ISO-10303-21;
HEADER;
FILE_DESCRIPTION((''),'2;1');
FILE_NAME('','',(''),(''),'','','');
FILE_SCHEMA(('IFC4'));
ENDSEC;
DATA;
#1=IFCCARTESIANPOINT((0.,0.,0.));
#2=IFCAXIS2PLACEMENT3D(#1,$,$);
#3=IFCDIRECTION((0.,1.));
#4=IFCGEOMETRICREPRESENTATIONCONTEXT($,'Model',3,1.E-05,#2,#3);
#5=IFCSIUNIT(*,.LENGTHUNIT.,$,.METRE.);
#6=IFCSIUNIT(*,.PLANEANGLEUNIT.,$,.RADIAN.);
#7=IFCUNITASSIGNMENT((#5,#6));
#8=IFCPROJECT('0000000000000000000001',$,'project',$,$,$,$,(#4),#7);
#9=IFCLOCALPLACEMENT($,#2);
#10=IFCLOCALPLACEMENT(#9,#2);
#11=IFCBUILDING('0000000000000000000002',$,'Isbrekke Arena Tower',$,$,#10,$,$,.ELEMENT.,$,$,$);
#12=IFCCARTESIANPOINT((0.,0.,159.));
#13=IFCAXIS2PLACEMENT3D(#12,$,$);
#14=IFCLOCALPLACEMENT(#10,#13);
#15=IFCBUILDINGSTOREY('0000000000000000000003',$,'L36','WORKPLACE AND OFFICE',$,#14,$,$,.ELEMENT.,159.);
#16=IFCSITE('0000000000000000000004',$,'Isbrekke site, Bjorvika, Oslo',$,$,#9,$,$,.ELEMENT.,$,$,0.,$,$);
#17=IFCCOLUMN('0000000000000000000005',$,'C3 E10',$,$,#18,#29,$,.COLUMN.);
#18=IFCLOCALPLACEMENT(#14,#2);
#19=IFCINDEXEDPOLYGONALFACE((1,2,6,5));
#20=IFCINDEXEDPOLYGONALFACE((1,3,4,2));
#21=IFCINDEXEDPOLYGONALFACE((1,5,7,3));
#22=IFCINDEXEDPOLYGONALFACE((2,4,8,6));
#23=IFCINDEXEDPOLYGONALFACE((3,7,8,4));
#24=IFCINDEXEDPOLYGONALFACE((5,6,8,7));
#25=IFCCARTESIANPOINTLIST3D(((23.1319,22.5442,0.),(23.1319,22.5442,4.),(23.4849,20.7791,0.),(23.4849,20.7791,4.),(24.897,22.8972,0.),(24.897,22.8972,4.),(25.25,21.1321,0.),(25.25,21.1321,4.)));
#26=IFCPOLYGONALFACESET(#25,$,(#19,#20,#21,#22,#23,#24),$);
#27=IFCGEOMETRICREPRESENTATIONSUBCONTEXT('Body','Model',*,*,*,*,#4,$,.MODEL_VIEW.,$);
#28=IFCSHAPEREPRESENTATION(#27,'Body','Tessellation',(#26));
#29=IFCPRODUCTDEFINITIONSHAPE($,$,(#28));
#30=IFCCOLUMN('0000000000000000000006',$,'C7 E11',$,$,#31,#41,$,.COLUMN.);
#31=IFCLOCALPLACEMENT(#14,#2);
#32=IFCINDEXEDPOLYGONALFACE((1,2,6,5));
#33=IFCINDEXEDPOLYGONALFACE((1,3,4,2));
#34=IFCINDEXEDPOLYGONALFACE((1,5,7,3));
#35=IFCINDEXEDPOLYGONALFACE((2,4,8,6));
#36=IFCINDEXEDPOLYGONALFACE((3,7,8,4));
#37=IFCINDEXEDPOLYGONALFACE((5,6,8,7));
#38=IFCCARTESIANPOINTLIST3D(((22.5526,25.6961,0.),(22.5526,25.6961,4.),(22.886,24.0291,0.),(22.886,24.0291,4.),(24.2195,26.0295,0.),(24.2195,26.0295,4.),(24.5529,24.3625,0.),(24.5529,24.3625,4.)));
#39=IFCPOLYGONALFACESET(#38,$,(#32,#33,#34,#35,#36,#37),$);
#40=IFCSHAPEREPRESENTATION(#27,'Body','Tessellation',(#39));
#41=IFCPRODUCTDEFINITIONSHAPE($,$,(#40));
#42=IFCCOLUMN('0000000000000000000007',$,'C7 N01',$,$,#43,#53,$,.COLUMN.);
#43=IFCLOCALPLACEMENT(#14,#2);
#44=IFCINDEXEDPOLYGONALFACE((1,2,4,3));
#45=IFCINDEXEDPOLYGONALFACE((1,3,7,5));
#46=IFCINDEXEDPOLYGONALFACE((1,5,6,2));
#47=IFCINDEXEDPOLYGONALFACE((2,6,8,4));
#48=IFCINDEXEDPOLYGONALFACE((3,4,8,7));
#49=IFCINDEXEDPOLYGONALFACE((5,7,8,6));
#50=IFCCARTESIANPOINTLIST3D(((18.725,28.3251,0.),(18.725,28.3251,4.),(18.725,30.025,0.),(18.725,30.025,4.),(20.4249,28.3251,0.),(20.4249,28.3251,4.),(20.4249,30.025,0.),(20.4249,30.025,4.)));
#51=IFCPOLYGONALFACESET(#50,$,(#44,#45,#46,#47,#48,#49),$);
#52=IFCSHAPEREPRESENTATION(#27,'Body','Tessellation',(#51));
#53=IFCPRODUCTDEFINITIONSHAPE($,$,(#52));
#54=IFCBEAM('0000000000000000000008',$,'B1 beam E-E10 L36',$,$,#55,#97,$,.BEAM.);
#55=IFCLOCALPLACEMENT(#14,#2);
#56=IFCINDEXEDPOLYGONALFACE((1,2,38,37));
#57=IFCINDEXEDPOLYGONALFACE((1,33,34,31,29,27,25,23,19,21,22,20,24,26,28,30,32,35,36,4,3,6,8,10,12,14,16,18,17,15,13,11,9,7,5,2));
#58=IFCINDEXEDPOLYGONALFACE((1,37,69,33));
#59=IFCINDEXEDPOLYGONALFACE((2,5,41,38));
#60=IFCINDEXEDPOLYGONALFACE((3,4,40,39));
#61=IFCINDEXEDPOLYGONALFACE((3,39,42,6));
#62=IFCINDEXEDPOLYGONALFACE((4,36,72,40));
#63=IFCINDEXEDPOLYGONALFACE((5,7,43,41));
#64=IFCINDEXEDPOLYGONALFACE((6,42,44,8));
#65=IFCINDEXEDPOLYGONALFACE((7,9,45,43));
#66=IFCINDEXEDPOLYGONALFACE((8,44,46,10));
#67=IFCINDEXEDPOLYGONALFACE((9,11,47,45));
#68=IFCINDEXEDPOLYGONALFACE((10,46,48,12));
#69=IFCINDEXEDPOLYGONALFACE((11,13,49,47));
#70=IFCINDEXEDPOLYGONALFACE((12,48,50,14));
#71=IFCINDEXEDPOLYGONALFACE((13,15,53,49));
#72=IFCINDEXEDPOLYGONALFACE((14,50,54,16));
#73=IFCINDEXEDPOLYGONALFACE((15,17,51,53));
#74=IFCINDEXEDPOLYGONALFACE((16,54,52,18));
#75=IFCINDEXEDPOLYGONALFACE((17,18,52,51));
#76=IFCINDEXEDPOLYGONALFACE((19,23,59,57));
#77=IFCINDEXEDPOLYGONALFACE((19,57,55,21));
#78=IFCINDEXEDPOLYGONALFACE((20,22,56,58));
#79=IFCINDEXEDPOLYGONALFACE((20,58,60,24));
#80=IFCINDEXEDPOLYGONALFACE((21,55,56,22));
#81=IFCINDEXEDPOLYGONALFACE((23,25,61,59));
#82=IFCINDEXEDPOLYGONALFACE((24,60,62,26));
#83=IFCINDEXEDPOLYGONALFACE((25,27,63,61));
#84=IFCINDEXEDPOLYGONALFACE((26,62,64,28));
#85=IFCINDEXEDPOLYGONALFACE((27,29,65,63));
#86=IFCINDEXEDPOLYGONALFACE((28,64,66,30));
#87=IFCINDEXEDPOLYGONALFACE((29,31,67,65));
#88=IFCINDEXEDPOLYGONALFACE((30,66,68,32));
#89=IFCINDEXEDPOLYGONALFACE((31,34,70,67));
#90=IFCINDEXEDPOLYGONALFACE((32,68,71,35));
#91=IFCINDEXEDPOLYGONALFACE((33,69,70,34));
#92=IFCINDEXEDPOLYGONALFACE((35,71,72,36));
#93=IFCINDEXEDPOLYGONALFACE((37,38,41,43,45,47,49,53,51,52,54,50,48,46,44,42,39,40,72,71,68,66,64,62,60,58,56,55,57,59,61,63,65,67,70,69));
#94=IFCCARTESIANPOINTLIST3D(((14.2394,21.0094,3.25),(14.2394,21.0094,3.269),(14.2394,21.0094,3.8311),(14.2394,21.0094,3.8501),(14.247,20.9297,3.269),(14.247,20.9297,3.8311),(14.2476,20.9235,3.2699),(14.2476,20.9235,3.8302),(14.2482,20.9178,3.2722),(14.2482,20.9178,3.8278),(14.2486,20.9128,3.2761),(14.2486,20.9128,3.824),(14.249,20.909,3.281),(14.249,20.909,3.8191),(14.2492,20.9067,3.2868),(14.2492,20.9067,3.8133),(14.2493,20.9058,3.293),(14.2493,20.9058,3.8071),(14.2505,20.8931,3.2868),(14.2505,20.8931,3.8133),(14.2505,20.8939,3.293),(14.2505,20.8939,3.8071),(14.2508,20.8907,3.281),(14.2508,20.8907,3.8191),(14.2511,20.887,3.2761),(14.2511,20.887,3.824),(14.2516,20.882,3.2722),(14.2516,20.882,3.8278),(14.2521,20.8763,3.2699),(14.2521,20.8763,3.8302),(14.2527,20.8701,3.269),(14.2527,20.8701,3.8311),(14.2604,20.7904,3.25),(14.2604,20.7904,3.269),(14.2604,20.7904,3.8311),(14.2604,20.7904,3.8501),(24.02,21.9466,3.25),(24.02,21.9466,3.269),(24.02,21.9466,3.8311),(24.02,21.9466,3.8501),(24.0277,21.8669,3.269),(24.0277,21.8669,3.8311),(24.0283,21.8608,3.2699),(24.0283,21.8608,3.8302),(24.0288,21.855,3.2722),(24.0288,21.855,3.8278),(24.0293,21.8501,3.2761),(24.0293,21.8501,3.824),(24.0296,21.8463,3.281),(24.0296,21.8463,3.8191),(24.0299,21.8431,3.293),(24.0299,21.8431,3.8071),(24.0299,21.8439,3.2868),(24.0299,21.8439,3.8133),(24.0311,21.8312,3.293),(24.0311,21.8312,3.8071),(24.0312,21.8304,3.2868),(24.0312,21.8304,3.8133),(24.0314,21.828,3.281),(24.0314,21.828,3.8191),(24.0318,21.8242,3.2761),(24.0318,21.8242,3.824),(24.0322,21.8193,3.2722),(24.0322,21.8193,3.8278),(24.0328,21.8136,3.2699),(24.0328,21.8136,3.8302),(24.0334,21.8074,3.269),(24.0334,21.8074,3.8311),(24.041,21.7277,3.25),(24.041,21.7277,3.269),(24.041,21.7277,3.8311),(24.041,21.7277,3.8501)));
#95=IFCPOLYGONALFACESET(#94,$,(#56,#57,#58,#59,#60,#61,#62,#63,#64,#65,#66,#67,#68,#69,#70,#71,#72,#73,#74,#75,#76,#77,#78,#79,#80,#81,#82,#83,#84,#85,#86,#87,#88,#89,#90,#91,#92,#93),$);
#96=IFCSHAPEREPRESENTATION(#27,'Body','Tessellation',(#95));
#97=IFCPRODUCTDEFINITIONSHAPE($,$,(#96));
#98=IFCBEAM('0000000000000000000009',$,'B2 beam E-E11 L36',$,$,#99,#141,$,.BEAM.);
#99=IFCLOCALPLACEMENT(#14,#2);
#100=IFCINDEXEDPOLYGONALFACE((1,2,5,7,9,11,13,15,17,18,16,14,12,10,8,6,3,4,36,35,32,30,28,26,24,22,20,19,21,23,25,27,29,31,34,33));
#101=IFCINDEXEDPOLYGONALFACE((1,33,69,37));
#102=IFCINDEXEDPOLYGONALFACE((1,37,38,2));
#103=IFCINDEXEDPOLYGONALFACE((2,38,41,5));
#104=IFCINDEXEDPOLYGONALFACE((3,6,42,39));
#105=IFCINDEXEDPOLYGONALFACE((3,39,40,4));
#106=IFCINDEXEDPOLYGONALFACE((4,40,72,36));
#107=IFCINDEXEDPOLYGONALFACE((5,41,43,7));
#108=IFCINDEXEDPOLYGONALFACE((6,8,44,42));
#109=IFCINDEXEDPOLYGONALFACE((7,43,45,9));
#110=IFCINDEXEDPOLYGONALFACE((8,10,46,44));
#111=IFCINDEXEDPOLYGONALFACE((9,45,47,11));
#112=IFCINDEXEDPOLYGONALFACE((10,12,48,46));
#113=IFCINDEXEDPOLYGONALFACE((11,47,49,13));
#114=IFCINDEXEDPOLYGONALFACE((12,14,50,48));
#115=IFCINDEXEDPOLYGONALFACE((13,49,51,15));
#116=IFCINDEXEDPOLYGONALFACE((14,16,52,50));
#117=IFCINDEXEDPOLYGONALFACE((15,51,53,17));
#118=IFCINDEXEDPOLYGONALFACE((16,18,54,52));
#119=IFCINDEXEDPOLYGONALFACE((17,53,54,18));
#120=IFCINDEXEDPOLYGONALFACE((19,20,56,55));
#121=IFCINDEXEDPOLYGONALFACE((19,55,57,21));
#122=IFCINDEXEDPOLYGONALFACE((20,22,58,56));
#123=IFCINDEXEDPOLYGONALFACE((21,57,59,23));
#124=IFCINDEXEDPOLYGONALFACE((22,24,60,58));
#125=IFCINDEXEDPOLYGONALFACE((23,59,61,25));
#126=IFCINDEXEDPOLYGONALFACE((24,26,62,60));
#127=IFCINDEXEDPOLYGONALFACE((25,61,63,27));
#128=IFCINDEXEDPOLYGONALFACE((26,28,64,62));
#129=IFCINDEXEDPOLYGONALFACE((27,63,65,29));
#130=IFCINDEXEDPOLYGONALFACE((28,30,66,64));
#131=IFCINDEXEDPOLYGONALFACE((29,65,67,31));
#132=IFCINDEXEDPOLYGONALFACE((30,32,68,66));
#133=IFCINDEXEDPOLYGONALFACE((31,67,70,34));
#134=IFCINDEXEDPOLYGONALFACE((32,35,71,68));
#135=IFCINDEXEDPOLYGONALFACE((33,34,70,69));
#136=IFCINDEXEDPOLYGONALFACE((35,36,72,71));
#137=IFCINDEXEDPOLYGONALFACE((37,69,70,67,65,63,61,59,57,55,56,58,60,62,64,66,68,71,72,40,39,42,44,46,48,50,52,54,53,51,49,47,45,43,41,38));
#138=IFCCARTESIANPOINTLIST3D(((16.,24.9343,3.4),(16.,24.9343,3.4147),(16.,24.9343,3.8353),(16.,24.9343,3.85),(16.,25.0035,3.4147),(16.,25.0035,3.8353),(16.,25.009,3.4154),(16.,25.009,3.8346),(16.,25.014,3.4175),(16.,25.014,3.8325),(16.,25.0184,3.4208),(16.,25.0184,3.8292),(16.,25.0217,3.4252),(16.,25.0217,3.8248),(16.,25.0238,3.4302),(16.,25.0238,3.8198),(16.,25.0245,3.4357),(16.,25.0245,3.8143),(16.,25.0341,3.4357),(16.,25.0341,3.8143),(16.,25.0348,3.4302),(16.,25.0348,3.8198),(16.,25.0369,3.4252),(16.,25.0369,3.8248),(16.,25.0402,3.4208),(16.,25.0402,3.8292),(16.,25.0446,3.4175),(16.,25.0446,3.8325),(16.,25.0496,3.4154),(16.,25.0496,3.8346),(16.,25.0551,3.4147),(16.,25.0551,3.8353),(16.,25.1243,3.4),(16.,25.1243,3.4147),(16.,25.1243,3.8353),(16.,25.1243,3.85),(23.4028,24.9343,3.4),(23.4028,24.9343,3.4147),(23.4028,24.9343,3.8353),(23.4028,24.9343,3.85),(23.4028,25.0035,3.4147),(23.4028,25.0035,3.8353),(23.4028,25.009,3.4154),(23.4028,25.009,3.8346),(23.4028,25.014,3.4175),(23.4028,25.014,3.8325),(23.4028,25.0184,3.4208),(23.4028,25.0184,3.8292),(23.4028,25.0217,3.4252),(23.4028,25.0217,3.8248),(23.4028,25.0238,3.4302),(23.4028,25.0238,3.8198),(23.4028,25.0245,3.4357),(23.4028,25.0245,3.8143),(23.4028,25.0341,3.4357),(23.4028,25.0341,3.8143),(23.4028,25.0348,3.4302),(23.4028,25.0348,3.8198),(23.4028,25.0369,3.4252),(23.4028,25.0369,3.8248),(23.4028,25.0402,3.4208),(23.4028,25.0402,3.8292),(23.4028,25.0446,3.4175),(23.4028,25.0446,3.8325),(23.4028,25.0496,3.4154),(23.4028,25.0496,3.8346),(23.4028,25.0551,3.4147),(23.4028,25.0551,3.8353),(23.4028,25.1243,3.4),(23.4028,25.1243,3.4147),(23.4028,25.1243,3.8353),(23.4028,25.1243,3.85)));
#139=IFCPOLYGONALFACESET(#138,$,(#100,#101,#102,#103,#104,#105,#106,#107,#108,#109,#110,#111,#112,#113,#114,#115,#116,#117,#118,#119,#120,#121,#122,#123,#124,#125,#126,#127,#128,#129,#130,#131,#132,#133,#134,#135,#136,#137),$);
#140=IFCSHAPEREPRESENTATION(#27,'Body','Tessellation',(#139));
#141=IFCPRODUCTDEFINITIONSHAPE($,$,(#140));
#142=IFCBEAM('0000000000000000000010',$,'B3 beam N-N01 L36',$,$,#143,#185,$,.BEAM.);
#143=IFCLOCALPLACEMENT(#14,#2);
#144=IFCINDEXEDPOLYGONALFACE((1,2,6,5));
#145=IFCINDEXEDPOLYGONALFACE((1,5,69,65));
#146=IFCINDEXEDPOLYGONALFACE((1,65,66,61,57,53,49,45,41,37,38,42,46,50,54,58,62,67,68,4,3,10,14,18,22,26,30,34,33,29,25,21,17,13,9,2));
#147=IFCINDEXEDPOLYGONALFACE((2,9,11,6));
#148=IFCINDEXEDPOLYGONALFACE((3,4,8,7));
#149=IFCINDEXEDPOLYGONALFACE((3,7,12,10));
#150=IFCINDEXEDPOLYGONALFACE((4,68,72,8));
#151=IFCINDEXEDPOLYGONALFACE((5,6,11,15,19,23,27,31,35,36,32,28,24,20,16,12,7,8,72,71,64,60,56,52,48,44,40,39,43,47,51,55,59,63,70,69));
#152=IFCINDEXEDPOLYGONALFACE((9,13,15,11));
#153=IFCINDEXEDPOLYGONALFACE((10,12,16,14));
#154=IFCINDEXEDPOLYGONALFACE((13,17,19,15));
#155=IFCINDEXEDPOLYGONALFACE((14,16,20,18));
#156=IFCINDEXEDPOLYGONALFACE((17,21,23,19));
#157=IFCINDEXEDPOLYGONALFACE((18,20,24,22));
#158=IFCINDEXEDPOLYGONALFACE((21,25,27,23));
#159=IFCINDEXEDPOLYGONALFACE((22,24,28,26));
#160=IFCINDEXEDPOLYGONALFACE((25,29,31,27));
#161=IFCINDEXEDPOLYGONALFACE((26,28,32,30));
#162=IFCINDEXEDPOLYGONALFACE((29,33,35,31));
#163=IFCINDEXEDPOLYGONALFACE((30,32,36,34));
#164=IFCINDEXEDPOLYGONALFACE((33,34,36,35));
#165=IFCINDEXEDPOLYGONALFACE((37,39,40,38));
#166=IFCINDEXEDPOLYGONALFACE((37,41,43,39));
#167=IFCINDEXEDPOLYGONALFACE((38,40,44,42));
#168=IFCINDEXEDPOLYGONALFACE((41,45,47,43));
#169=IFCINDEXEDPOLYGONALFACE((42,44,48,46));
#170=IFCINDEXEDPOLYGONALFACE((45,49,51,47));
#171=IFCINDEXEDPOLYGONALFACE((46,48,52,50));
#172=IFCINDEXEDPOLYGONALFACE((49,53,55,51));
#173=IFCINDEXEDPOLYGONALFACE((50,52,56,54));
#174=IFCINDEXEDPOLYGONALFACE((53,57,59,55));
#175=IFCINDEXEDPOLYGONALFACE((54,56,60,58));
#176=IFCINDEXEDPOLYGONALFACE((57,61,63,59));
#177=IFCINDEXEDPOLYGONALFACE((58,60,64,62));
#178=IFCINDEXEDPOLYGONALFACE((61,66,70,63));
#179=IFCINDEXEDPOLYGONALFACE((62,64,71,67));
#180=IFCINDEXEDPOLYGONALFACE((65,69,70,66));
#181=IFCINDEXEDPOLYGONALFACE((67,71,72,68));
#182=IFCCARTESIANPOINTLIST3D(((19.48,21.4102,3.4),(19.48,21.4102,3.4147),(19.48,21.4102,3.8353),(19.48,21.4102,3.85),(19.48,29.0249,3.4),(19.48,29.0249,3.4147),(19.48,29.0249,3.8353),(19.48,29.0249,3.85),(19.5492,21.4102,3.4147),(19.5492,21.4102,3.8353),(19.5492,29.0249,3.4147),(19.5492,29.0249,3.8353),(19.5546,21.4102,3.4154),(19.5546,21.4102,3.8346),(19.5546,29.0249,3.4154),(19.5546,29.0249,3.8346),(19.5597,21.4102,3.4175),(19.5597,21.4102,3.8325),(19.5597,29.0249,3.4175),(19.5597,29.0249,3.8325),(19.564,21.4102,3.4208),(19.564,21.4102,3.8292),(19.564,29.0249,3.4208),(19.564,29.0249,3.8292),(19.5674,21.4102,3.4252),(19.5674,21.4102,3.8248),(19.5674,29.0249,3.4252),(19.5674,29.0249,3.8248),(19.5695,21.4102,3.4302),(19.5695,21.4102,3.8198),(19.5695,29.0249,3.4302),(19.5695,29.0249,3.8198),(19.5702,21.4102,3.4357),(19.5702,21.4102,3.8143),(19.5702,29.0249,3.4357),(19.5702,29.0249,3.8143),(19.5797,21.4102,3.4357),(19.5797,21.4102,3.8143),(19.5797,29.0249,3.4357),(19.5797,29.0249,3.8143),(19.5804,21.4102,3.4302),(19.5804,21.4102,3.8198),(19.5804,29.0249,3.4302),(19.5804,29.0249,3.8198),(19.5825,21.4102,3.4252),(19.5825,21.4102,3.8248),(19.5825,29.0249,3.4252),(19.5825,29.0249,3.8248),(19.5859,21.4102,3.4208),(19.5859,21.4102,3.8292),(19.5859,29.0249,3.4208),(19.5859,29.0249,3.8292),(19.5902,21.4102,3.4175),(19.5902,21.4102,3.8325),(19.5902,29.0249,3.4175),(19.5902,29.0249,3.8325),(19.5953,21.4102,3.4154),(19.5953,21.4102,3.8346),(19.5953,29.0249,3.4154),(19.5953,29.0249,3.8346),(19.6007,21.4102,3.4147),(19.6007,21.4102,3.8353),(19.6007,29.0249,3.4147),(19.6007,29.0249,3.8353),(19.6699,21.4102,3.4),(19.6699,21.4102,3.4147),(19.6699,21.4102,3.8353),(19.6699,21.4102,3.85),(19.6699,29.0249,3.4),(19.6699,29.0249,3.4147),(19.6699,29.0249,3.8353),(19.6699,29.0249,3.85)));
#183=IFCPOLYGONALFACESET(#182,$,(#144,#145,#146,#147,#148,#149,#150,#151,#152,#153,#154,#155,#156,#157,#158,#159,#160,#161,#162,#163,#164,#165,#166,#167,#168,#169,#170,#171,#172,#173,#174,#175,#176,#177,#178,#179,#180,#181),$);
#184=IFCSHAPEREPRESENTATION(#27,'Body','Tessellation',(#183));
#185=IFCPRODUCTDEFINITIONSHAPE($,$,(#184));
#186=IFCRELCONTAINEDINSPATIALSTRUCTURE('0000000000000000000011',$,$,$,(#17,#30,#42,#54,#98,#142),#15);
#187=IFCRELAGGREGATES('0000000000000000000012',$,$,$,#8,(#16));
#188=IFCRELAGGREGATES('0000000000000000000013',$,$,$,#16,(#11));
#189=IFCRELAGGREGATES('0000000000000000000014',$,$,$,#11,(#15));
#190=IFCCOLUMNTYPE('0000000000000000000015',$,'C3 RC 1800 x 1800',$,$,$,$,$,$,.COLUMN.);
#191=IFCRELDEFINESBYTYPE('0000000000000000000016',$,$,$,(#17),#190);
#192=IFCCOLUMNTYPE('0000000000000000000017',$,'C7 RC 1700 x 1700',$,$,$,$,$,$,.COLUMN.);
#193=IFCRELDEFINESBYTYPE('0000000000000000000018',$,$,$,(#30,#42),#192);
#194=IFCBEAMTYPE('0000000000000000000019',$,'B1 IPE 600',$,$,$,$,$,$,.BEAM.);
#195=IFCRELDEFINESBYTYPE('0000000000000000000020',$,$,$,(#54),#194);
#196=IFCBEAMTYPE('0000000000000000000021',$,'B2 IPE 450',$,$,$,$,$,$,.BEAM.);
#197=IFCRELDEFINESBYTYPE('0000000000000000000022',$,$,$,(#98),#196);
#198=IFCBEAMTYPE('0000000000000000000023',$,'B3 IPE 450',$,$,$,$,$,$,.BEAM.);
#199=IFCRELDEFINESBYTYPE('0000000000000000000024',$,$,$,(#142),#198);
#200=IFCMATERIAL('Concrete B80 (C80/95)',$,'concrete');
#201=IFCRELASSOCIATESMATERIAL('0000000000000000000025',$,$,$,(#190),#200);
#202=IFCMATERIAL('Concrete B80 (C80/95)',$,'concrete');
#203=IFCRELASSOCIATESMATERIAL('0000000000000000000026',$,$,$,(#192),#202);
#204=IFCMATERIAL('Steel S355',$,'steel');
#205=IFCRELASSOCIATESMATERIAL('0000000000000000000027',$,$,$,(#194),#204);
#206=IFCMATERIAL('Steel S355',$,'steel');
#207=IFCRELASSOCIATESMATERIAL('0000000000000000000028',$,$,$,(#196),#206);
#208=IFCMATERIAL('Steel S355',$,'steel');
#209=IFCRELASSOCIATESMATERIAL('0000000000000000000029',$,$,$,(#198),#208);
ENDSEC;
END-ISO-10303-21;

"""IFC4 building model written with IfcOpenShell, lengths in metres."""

from ifc_helpers import new_model, si_unit, direction, frame, origin, origin_2d, place, context, subcontext, project, spatial, rectangle, i_section, extrude, material, material_profile, profile_set, type_object, element, save


model = new_model("IFC4")

# Units and contexts
model_context = context("Model", 3, precision=1e-05, world=origin(), true_north=direction((0.0, 1.0)))
body_context = subcontext(model_context, "Body", "Model", "MODEL_VIEW")
ifc_project = project(units=[si_unit("LENGTHUNIT", "METRE"), si_unit("PLANEANGLEUNIT", "RADIAN")], contexts=[model_context])

# Site, building, storey
site_placement = place(None, origin())
site = spatial("IfcSite", under=ifc_project, at=site_placement, Name="Isbrekke site, Bjorvika, Oslo", CompositionType="ELEMENT", RefElevation=0.0)
building_placement = place(site_placement, origin())
building = spatial("IfcBuilding", under=site, at=building_placement, Name="Isbrekke Arena Tower", CompositionType="ELEMENT")
storey_placement = place(building_placement, frame((0.0, 0.0, 159.0)))
storey = spatial("IfcBuildingStorey", under=building, at=storey_placement, Name="L36", Description="WORKPLACE AND OFFICE", CompositionType="ELEMENT", Elevation=159.0)

# Columns
ifc_material_1 = material(Name="Concrete B80 (C80/95)", Category="concrete")
ifc_material_profile_1 = material_profile(ifc_material_1, rectangle(XDim=1.8, YDim=1.8, at=origin_2d()), Name="RC 1800x1800")
ifc_profile_set_1 = profile_set([ifc_material_profile_1], Name="Concrete B80 (C80/95)")
column_type_1 = type_object("IfcColumnType", Name="C3 RC 1800 x 1800", PredefinedType="COLUMN", material=ifc_profile_set_1)
column_placement = place(storey_placement, frame((24.1909, 21.8381, 0.0), z_axis=(0.0, 0.0, 1.0), x_axis=(-0.196116, 0.980581, 0.0)))
element("IfcColumn", 1, at=column_placement, inside=storey, type_object=column_type_1, Name="C3 E10", PredefinedType="COLUMN", context=body_context, shape_type="SweptSolid", body=[
    extrude(rectangle(XDim=1.8, YDim=1.8, at=origin_2d()), origin(), (0.0, 0.0, 1.0), 4.0),
])
ifc_material_2 = material(Name="Concrete B80 (C80/95)", Category="concrete")
ifc_material_profile_2 = material_profile(ifc_material_2, rectangle(XDim=1.7, YDim=1.7, at=origin_2d()), Name="RC 1700x1700")
ifc_profile_set_2 = profile_set([ifc_material_profile_2], Name="Concrete B80 (C80/95)")
column_type_2 = type_object("IfcColumnType", Name="C7 RC 1700 x 1700", PredefinedType="COLUMN", material=ifc_profile_set_2)
for number, where, z_axis, x_axis, name in (
    (2, (23.5527, 25.0293, 0.0), (0.0, 0.0, 1.0), (-0.196116, 0.980581, 0.0), "C7 E11"),
    (3, (19.575, 29.175, 0.0), (0.0, 0.0, 1.0), (-1.0, 0.0, 0.0), "C7 N01"),
):
    element("IfcColumn", number, at=place(storey_placement, frame(where, z_axis=z_axis, x_axis=x_axis)), inside=storey, type_object=column_type_2, Name=name, PredefinedType="COLUMN", context=body_context, shape_type="SweptSolid", body=[
        extrude(rectangle(XDim=1.7, YDim=1.7, at=origin_2d()), origin(), (0.0, 0.0, 1.0), 4.0),
    ])

# Beams
ifc_material_3 = material(Name="Steel S355", Category="steel")
ifc_material_profile_3 = material_profile(ifc_material_3, i_section(OverallWidth=0.22, OverallDepth=0.6001, WebThickness=0.012, FlangeThickness=0.019, FilletRadius=0.0239, at=origin_2d()), Name="IPE 600")
ifc_profile_set_3 = profile_set([ifc_material_profile_3], Name="Steel S355")
beam_type_1 = type_object("IfcBeamType", Name="B1 IPE 600", PredefinedType="BEAM", material=ifc_profile_set_3)
beam_1_placement = place(storey_placement, frame((24.0305, 21.8372, 3.55), z_axis=(-0.99544, -0.095392, 0.0), x_axis=(0.095392, -0.99544, 0.0)))
element("IfcBeam", 4, at=beam_1_placement, inside=storey, type_object=beam_type_1, Name="B1 beam E-E10 L36", PredefinedType="BEAM", context=body_context, shape_type="SweptSolid", body=[
    extrude(i_section(OverallWidth=0.22, OverallDepth=0.6001, WebThickness=0.012, FlangeThickness=0.019, FilletRadius=0.0239, at=origin_2d()), origin(), (0.0, 0.0, 1.0), 9.8254),
])
ifc_material_4 = material(Name="Steel S355", Category="steel")
ifc_material_profile_4 = material_profile(ifc_material_4, i_section(OverallWidth=0.1899, OverallDepth=0.45, WebThickness=0.0095, FlangeThickness=0.0146, FilletRadius=0.021, at=origin_2d()), Name="IPE 450")
ifc_profile_set_4 = profile_set([ifc_material_profile_4], Name="Steel S355")
beam_type_2 = type_object("IfcBeamType", Name="B2 IPE 450", PredefinedType="BEAM", material=ifc_profile_set_4)
beam_2_placement = place(storey_placement, frame((23.4028, 25.0293, 3.625), z_axis=(-1.0, 0.0, 0.0), x_axis=(0.0, -1.0, 0.0)))
element("IfcBeam", 5, at=beam_2_placement, inside=storey, type_object=beam_type_2, Name="B2 beam E-E11 L36", PredefinedType="BEAM", context=body_context, shape_type="SweptSolid", body=[
    extrude(i_section(OverallWidth=0.1899, OverallDepth=0.45, WebThickness=0.0095, FlangeThickness=0.0146, FilletRadius=0.021, at=origin_2d()), origin(), (0.0, 0.0, 1.0), 7.4028),
])
ifc_material_5 = material(Name="Steel S355", Category="steel")
ifc_material_profile_5 = material_profile(ifc_material_5, i_section(OverallWidth=0.1899, OverallDepth=0.45, WebThickness=0.0095, FlangeThickness=0.0146, FilletRadius=0.021, at=origin_2d()), Name="IPE 450")
ifc_profile_set_5 = profile_set([ifc_material_profile_5], Name="Steel S355")
beam_type_3 = type_object("IfcBeamType", Name="B3 IPE 450", PredefinedType="BEAM", material=ifc_profile_set_5)
beam_3_placement = place(storey_placement, frame((19.575, 29.0249, 3.625), z_axis=(0.0, -1.0, 0.0), x_axis=(1.0, 0.0, 0.0)))
element("IfcBeam", 6, at=beam_3_placement, inside=storey, type_object=beam_type_3, Name="B3 beam N-N01 L36", PredefinedType="BEAM", context=body_context, shape_type="SweptSolid", body=[
    extrude(i_section(OverallWidth=0.1899, OverallDepth=0.45, WebThickness=0.0095, FlangeThickness=0.0146, FilletRadius=0.021, at=origin_2d()), origin(), (0.0, 0.0, 1.0), 7.6147),
])

save(model, "model.ifc")
